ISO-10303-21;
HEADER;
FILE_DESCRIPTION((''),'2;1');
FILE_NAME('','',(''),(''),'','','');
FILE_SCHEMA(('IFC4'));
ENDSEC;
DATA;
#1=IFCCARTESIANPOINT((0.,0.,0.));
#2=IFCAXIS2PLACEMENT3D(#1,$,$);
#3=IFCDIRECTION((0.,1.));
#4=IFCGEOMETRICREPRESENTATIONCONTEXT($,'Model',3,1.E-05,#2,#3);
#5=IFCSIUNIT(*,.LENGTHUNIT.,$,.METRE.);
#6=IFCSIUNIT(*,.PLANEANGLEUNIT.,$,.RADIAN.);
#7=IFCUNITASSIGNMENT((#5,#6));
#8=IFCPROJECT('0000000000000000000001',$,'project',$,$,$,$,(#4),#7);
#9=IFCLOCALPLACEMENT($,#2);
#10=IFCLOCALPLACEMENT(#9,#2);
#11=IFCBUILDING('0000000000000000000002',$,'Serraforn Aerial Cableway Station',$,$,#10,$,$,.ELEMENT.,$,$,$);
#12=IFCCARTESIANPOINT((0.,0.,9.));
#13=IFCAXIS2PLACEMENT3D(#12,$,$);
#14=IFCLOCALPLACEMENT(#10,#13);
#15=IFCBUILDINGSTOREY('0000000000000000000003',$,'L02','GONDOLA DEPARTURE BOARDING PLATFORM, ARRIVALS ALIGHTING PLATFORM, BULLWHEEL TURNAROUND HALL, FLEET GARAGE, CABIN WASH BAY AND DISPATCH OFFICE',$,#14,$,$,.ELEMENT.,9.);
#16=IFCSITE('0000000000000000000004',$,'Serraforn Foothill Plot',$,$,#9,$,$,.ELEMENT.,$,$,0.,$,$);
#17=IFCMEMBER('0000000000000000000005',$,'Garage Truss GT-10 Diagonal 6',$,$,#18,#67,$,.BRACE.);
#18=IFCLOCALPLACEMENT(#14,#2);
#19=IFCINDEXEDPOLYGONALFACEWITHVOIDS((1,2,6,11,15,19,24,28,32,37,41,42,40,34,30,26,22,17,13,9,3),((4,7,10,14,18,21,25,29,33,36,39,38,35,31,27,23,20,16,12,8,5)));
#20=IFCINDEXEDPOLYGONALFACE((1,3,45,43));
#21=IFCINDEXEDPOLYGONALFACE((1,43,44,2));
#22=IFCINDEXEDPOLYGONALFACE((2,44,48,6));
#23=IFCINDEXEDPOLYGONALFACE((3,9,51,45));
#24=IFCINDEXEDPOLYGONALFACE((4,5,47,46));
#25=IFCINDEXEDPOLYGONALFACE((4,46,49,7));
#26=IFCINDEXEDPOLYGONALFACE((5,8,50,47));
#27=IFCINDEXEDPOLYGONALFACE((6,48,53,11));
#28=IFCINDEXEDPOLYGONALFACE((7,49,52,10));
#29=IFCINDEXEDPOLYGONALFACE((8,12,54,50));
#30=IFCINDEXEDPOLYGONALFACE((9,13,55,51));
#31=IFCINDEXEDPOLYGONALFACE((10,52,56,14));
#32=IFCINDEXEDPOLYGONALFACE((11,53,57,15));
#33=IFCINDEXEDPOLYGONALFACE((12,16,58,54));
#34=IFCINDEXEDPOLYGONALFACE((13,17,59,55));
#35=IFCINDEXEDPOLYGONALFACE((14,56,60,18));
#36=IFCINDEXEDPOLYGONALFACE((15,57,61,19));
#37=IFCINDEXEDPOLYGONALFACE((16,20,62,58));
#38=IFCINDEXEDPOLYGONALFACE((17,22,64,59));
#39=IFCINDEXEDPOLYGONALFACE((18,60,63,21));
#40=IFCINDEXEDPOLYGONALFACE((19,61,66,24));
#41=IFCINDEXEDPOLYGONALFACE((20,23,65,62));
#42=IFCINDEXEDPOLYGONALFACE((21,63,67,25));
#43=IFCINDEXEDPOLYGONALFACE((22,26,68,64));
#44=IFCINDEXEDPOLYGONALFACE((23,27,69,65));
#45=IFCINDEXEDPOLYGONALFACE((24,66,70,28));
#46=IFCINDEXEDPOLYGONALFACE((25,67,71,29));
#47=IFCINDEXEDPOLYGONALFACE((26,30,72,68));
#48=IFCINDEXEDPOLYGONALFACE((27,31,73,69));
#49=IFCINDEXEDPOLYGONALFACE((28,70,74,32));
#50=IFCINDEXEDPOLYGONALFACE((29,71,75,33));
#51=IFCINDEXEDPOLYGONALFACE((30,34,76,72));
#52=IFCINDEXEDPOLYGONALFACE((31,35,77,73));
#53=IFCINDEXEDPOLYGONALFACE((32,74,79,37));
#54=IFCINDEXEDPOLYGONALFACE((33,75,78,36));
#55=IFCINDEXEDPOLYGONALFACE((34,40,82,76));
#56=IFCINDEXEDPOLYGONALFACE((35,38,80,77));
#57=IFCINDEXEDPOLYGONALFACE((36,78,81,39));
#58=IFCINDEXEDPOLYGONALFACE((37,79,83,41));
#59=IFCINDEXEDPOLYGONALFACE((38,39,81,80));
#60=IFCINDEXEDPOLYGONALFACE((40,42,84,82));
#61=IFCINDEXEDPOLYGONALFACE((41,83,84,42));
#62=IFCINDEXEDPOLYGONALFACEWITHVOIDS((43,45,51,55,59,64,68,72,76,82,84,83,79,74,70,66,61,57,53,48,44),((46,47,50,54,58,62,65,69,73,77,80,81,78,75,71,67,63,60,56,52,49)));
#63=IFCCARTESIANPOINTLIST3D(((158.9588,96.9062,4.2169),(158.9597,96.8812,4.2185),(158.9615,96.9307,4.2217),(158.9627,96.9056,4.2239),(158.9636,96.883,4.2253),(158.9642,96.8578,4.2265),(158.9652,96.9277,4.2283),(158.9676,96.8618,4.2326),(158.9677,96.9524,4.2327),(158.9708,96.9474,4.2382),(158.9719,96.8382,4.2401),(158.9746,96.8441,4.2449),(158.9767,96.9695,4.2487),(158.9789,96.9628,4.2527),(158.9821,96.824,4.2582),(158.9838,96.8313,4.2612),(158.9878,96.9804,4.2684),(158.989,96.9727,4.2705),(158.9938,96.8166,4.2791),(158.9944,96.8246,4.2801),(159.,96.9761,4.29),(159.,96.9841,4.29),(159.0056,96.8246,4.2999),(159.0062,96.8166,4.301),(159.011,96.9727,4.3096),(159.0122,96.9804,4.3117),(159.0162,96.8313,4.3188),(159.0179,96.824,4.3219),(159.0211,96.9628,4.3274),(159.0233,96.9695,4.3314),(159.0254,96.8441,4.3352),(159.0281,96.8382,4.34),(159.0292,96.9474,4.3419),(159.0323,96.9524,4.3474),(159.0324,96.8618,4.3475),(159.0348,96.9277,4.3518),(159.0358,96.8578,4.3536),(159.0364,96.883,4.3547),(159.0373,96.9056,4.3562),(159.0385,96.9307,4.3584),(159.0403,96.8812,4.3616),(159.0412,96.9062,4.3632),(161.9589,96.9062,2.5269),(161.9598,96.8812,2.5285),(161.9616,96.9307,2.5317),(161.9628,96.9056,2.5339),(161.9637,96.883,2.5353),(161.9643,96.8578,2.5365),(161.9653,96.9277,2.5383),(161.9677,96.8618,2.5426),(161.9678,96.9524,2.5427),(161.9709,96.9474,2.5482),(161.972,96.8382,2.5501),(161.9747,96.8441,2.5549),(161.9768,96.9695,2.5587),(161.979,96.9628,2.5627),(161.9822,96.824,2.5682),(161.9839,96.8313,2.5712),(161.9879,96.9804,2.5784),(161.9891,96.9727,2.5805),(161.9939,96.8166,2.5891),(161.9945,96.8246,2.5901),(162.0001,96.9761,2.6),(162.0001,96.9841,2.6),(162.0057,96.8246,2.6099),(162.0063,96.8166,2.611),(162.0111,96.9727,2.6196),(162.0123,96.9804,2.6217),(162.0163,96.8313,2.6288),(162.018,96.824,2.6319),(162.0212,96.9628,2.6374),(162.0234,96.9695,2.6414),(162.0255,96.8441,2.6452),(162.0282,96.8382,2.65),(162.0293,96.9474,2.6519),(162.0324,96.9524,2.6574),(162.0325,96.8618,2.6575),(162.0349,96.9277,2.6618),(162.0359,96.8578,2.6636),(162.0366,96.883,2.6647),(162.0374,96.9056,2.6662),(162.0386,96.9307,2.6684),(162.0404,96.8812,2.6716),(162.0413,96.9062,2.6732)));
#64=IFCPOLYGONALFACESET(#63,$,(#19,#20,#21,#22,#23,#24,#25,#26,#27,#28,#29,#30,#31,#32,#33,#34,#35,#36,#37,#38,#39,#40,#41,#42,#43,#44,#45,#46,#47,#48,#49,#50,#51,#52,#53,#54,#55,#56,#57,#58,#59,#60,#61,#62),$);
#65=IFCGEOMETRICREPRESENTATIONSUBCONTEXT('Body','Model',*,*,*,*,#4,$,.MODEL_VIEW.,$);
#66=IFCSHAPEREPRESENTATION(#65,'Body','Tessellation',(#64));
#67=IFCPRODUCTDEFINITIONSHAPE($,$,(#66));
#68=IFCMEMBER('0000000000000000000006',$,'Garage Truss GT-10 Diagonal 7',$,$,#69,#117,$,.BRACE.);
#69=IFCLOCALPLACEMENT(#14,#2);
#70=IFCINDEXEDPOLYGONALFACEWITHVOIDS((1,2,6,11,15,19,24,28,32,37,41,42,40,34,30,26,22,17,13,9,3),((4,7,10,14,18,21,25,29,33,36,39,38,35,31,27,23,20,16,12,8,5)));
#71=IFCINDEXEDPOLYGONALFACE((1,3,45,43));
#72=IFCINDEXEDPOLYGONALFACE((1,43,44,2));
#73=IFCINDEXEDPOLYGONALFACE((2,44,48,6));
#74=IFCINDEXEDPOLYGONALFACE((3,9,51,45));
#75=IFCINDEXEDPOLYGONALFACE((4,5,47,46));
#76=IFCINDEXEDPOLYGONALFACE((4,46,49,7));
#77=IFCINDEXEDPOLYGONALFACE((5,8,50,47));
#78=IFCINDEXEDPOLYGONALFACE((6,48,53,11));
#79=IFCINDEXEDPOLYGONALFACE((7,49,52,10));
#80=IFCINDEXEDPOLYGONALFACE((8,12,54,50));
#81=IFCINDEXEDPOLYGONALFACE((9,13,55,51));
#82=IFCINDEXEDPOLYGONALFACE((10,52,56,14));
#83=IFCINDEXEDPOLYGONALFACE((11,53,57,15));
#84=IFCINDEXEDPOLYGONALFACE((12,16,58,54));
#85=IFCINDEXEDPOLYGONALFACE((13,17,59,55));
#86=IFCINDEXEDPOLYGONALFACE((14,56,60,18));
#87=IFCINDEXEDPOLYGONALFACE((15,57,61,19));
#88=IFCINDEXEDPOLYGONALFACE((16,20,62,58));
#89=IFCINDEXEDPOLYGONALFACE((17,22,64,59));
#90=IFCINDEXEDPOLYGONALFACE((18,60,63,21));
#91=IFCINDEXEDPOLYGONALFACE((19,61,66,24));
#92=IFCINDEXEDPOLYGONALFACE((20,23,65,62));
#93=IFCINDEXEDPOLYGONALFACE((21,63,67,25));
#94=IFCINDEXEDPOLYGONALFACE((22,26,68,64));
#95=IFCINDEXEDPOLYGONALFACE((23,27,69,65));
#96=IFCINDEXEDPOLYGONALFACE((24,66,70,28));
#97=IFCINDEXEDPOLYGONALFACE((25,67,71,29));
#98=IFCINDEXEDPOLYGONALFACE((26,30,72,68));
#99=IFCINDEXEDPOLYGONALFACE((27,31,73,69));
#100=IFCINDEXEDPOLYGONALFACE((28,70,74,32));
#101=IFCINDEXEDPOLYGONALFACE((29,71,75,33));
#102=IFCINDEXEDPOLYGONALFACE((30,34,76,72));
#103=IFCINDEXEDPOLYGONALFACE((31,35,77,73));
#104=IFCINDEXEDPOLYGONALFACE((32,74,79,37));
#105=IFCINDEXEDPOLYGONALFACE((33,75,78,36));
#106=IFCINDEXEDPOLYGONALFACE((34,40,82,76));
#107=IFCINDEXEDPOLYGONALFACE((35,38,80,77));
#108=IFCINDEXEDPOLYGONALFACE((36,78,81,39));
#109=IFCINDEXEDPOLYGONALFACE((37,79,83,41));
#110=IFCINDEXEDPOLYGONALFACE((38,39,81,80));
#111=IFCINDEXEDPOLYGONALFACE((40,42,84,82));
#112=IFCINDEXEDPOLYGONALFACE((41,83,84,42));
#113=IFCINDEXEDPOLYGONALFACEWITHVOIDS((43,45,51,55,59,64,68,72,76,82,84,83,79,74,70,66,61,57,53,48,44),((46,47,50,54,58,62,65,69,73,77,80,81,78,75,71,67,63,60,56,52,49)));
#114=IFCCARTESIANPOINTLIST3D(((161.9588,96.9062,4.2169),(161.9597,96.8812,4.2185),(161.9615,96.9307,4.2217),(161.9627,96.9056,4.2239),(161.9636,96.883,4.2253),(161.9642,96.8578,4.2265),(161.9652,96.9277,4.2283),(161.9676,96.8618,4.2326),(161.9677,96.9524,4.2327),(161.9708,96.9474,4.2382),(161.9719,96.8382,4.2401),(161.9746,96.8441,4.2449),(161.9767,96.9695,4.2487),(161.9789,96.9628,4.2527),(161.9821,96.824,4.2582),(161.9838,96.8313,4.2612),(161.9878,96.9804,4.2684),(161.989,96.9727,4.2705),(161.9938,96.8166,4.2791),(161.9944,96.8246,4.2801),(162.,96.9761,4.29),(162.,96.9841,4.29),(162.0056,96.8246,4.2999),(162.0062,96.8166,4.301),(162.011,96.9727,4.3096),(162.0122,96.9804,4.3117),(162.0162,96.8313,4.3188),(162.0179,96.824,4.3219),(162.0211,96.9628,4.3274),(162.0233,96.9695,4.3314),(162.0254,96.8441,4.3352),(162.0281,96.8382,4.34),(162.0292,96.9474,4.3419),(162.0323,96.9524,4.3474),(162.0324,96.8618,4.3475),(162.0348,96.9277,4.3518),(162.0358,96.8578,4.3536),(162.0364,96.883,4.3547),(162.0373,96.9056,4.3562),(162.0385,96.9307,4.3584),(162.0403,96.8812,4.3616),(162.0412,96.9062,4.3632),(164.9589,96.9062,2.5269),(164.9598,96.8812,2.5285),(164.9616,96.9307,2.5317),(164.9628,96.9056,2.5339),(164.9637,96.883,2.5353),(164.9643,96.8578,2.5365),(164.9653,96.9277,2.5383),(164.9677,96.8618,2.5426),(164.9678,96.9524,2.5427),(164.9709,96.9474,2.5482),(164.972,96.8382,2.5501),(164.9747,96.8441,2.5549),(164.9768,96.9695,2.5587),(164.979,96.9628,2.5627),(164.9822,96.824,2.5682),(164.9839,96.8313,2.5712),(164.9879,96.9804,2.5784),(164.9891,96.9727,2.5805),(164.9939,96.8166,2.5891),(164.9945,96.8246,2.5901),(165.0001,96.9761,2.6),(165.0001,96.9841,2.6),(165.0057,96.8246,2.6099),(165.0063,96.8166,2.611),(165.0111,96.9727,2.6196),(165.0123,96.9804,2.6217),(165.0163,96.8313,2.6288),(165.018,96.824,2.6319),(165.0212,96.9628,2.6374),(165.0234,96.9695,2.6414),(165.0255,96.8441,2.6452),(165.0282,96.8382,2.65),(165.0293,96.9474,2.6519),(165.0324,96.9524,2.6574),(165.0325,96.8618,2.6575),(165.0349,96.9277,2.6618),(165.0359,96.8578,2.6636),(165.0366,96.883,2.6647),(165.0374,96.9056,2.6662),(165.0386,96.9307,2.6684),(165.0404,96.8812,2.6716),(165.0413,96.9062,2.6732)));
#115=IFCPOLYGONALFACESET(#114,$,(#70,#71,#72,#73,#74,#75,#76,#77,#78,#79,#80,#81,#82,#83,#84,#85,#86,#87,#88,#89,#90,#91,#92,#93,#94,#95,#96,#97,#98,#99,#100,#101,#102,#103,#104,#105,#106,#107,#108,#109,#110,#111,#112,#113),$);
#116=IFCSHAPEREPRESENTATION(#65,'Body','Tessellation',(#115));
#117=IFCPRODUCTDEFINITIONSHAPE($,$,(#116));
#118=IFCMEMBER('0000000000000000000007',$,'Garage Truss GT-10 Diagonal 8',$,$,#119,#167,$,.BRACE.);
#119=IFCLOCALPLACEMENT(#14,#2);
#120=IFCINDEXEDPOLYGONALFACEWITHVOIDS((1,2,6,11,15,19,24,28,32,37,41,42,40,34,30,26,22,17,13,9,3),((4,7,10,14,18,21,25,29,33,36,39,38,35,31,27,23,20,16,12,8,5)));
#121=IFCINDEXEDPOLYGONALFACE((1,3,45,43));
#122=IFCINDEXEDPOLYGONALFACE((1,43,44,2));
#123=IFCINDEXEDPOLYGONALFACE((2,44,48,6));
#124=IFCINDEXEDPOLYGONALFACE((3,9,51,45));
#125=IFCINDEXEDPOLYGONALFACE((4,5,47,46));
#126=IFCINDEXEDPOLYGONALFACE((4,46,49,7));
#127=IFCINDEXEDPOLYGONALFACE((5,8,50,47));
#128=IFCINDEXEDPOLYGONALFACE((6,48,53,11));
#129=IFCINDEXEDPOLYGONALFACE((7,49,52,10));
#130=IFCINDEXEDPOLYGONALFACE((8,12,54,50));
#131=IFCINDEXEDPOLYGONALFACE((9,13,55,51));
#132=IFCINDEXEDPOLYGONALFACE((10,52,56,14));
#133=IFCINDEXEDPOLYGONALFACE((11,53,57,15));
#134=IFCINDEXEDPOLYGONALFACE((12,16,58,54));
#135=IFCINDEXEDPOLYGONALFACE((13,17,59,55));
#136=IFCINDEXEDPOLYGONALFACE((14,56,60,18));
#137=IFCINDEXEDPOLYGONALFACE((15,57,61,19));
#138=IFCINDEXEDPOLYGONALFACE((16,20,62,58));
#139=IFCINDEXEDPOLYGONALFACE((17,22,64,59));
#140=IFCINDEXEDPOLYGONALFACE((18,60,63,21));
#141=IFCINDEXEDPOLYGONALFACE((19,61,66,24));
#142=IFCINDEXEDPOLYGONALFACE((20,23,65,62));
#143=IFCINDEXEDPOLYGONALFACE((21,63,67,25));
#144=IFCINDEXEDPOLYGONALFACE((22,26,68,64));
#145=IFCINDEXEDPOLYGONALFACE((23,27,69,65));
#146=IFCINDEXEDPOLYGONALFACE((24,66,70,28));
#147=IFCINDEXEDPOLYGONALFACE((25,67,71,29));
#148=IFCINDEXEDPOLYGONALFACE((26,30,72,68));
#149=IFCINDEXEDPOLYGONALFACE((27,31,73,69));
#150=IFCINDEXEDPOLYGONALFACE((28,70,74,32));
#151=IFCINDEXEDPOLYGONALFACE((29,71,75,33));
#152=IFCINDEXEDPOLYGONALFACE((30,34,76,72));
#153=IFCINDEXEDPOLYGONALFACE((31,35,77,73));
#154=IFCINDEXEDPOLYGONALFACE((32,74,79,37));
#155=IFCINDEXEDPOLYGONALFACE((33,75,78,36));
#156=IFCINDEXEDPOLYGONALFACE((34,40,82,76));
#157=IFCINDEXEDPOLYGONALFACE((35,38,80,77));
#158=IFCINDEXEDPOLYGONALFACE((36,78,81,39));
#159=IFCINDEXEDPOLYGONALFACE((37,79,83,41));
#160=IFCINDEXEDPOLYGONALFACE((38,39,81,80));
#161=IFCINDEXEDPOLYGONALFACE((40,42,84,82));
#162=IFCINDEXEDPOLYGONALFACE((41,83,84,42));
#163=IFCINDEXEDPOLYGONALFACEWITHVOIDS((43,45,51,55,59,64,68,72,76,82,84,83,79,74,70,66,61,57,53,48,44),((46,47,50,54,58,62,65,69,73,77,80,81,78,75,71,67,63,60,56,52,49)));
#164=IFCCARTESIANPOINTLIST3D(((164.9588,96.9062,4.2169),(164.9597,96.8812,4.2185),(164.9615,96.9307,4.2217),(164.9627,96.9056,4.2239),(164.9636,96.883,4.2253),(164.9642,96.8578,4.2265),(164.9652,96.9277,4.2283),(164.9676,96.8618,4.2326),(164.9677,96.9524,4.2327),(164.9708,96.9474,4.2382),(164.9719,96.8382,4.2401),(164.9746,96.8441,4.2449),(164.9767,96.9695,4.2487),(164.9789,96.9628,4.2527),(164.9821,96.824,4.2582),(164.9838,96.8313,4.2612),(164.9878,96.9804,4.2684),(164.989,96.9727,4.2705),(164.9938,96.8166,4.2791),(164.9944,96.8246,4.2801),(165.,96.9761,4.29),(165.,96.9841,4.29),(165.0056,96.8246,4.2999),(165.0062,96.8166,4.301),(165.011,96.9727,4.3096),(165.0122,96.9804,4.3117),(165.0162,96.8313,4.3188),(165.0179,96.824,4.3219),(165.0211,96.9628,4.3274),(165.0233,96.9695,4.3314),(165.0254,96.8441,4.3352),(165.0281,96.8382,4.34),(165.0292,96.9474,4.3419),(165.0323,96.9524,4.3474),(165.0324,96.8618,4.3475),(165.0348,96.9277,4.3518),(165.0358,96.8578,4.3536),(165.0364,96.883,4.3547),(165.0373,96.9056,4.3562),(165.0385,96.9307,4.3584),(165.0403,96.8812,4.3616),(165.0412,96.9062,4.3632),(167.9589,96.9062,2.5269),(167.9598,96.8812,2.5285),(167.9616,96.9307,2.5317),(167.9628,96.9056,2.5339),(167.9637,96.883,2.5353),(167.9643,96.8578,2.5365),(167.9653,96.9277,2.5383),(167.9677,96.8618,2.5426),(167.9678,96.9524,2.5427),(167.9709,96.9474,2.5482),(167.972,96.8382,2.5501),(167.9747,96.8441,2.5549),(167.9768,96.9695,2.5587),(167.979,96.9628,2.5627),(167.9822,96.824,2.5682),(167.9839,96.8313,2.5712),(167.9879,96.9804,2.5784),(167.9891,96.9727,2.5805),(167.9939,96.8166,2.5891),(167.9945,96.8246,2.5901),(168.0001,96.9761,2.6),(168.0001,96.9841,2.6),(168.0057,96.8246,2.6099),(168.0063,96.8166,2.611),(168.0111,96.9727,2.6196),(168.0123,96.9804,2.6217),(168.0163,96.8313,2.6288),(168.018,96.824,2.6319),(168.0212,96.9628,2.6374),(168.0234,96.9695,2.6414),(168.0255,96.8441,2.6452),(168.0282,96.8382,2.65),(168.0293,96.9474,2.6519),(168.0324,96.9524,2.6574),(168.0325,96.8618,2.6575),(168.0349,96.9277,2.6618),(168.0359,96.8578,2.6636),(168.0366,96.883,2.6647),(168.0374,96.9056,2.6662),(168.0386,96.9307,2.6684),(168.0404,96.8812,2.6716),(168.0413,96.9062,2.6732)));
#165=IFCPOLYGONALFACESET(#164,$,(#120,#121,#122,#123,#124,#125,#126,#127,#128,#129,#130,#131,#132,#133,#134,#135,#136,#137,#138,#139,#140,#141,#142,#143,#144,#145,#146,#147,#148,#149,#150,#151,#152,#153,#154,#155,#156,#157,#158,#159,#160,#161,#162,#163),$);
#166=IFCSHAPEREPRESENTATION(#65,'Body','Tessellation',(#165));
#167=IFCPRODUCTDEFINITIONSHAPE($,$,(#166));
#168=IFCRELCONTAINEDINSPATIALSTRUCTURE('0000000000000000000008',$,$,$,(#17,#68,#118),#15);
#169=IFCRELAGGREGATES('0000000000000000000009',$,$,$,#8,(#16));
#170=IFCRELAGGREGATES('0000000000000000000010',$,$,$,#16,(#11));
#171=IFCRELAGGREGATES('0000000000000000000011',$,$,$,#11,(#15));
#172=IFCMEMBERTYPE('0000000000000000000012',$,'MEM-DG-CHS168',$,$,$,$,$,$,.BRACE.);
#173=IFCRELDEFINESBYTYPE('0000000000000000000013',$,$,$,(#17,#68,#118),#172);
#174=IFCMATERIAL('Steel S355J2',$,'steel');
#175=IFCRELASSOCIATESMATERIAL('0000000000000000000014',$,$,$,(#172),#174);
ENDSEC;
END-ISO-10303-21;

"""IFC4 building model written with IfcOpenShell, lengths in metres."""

from ifc_helpers import new_model, si_unit, direction, frame, origin, origin_2d, place, context, subcontext, project, spatial, hollow_circle, extrude, material, material_profile, profile_set, type_object, element, save


model = new_model("IFC4")

# Units and contexts
model_context = context("Model", 3, precision=1e-05, world=origin(), true_north=direction((0.0, 1.0)))
body_context = subcontext(model_context, "Body", "Model", "MODEL_VIEW")
ifc_project = project(units=[si_unit("LENGTHUNIT", "METRE"), si_unit("PLANEANGLEUNIT", "RADIAN")], contexts=[model_context])

# Site, building, storey
site_placement = place(None, origin())
site = spatial("IfcSite", under=ifc_project, at=site_placement, Name="Serraforn Foothill Plot", CompositionType="ELEMENT", RefElevation=0.0)
building_placement = place(site_placement, origin())
building = spatial("IfcBuilding", under=site, at=building_placement, Name="Serraforn Aerial Cableway Station", CompositionType="ELEMENT")
storey_placement = place(building_placement, frame((0.0, 0.0, 9.0)))
storey = spatial("IfcBuildingStorey", under=building, at=storey_placement, Name="L02", Description="GONDOLA DEPARTURE BOARDING PLATFORM, ARRIVALS ALIGHTING PLATFORM, BULLWHEEL TURNAROUND HALL, FLEET GARAGE, CABIN WASH BAY AND DISPATCH OFFICE", CompositionType="ELEMENT", Elevation=9.0)

# Members
ifc_material_1 = material(Name="Steel S355J2", Category="steel")
ifc_material_profile_1 = material_profile(ifc_material_1, hollow_circle(Radius=0.0842, WallThickness=0.0081, at=origin_2d()), Name="CHS 168.3x8.0")
ifc_profile_set_1 = profile_set([ifc_material_profile_1], Name="Steel S355J2")
member_type_1 = type_object("IfcMemberType", Name="MEM-DG-CHS168", PredefinedType="BRACE", material=ifc_profile_set_1)
for number, where, z_axis, x_axis, name in (
    (1, (159.0, 96.8999, 4.29), (0.871272, 0.0, -0.4908), (0.0, 1.0, 0.0), "Garage Truss GT-10 Diagonal 6"),
    (2, (162.0, 96.8999, 4.29), (0.871272, 0.0, -0.4908), (0.0, 1.0, 0.0), "Garage Truss GT-10 Diagonal 7"),
    (3, (165.0, 96.8999, 4.29), (0.871272, 0.0, -0.4908), (0.0, 1.0, 0.0), "Garage Truss GT-10 Diagonal 8"),
):
    element("IfcMember", number, at=place(storey_placement, frame(where, z_axis=z_axis, x_axis=x_axis)), inside=storey, type_object=member_type_1, Name=name, PredefinedType="BRACE", context=body_context, shape_type="SweptSolid", body=[
        extrude(hollow_circle(Radius=0.0842, WallThickness=0.0081, at=origin_2d()), origin(), (0.0, 0.0, 1.0), 3.4434),
    ])

save(model, "model.ifc")
